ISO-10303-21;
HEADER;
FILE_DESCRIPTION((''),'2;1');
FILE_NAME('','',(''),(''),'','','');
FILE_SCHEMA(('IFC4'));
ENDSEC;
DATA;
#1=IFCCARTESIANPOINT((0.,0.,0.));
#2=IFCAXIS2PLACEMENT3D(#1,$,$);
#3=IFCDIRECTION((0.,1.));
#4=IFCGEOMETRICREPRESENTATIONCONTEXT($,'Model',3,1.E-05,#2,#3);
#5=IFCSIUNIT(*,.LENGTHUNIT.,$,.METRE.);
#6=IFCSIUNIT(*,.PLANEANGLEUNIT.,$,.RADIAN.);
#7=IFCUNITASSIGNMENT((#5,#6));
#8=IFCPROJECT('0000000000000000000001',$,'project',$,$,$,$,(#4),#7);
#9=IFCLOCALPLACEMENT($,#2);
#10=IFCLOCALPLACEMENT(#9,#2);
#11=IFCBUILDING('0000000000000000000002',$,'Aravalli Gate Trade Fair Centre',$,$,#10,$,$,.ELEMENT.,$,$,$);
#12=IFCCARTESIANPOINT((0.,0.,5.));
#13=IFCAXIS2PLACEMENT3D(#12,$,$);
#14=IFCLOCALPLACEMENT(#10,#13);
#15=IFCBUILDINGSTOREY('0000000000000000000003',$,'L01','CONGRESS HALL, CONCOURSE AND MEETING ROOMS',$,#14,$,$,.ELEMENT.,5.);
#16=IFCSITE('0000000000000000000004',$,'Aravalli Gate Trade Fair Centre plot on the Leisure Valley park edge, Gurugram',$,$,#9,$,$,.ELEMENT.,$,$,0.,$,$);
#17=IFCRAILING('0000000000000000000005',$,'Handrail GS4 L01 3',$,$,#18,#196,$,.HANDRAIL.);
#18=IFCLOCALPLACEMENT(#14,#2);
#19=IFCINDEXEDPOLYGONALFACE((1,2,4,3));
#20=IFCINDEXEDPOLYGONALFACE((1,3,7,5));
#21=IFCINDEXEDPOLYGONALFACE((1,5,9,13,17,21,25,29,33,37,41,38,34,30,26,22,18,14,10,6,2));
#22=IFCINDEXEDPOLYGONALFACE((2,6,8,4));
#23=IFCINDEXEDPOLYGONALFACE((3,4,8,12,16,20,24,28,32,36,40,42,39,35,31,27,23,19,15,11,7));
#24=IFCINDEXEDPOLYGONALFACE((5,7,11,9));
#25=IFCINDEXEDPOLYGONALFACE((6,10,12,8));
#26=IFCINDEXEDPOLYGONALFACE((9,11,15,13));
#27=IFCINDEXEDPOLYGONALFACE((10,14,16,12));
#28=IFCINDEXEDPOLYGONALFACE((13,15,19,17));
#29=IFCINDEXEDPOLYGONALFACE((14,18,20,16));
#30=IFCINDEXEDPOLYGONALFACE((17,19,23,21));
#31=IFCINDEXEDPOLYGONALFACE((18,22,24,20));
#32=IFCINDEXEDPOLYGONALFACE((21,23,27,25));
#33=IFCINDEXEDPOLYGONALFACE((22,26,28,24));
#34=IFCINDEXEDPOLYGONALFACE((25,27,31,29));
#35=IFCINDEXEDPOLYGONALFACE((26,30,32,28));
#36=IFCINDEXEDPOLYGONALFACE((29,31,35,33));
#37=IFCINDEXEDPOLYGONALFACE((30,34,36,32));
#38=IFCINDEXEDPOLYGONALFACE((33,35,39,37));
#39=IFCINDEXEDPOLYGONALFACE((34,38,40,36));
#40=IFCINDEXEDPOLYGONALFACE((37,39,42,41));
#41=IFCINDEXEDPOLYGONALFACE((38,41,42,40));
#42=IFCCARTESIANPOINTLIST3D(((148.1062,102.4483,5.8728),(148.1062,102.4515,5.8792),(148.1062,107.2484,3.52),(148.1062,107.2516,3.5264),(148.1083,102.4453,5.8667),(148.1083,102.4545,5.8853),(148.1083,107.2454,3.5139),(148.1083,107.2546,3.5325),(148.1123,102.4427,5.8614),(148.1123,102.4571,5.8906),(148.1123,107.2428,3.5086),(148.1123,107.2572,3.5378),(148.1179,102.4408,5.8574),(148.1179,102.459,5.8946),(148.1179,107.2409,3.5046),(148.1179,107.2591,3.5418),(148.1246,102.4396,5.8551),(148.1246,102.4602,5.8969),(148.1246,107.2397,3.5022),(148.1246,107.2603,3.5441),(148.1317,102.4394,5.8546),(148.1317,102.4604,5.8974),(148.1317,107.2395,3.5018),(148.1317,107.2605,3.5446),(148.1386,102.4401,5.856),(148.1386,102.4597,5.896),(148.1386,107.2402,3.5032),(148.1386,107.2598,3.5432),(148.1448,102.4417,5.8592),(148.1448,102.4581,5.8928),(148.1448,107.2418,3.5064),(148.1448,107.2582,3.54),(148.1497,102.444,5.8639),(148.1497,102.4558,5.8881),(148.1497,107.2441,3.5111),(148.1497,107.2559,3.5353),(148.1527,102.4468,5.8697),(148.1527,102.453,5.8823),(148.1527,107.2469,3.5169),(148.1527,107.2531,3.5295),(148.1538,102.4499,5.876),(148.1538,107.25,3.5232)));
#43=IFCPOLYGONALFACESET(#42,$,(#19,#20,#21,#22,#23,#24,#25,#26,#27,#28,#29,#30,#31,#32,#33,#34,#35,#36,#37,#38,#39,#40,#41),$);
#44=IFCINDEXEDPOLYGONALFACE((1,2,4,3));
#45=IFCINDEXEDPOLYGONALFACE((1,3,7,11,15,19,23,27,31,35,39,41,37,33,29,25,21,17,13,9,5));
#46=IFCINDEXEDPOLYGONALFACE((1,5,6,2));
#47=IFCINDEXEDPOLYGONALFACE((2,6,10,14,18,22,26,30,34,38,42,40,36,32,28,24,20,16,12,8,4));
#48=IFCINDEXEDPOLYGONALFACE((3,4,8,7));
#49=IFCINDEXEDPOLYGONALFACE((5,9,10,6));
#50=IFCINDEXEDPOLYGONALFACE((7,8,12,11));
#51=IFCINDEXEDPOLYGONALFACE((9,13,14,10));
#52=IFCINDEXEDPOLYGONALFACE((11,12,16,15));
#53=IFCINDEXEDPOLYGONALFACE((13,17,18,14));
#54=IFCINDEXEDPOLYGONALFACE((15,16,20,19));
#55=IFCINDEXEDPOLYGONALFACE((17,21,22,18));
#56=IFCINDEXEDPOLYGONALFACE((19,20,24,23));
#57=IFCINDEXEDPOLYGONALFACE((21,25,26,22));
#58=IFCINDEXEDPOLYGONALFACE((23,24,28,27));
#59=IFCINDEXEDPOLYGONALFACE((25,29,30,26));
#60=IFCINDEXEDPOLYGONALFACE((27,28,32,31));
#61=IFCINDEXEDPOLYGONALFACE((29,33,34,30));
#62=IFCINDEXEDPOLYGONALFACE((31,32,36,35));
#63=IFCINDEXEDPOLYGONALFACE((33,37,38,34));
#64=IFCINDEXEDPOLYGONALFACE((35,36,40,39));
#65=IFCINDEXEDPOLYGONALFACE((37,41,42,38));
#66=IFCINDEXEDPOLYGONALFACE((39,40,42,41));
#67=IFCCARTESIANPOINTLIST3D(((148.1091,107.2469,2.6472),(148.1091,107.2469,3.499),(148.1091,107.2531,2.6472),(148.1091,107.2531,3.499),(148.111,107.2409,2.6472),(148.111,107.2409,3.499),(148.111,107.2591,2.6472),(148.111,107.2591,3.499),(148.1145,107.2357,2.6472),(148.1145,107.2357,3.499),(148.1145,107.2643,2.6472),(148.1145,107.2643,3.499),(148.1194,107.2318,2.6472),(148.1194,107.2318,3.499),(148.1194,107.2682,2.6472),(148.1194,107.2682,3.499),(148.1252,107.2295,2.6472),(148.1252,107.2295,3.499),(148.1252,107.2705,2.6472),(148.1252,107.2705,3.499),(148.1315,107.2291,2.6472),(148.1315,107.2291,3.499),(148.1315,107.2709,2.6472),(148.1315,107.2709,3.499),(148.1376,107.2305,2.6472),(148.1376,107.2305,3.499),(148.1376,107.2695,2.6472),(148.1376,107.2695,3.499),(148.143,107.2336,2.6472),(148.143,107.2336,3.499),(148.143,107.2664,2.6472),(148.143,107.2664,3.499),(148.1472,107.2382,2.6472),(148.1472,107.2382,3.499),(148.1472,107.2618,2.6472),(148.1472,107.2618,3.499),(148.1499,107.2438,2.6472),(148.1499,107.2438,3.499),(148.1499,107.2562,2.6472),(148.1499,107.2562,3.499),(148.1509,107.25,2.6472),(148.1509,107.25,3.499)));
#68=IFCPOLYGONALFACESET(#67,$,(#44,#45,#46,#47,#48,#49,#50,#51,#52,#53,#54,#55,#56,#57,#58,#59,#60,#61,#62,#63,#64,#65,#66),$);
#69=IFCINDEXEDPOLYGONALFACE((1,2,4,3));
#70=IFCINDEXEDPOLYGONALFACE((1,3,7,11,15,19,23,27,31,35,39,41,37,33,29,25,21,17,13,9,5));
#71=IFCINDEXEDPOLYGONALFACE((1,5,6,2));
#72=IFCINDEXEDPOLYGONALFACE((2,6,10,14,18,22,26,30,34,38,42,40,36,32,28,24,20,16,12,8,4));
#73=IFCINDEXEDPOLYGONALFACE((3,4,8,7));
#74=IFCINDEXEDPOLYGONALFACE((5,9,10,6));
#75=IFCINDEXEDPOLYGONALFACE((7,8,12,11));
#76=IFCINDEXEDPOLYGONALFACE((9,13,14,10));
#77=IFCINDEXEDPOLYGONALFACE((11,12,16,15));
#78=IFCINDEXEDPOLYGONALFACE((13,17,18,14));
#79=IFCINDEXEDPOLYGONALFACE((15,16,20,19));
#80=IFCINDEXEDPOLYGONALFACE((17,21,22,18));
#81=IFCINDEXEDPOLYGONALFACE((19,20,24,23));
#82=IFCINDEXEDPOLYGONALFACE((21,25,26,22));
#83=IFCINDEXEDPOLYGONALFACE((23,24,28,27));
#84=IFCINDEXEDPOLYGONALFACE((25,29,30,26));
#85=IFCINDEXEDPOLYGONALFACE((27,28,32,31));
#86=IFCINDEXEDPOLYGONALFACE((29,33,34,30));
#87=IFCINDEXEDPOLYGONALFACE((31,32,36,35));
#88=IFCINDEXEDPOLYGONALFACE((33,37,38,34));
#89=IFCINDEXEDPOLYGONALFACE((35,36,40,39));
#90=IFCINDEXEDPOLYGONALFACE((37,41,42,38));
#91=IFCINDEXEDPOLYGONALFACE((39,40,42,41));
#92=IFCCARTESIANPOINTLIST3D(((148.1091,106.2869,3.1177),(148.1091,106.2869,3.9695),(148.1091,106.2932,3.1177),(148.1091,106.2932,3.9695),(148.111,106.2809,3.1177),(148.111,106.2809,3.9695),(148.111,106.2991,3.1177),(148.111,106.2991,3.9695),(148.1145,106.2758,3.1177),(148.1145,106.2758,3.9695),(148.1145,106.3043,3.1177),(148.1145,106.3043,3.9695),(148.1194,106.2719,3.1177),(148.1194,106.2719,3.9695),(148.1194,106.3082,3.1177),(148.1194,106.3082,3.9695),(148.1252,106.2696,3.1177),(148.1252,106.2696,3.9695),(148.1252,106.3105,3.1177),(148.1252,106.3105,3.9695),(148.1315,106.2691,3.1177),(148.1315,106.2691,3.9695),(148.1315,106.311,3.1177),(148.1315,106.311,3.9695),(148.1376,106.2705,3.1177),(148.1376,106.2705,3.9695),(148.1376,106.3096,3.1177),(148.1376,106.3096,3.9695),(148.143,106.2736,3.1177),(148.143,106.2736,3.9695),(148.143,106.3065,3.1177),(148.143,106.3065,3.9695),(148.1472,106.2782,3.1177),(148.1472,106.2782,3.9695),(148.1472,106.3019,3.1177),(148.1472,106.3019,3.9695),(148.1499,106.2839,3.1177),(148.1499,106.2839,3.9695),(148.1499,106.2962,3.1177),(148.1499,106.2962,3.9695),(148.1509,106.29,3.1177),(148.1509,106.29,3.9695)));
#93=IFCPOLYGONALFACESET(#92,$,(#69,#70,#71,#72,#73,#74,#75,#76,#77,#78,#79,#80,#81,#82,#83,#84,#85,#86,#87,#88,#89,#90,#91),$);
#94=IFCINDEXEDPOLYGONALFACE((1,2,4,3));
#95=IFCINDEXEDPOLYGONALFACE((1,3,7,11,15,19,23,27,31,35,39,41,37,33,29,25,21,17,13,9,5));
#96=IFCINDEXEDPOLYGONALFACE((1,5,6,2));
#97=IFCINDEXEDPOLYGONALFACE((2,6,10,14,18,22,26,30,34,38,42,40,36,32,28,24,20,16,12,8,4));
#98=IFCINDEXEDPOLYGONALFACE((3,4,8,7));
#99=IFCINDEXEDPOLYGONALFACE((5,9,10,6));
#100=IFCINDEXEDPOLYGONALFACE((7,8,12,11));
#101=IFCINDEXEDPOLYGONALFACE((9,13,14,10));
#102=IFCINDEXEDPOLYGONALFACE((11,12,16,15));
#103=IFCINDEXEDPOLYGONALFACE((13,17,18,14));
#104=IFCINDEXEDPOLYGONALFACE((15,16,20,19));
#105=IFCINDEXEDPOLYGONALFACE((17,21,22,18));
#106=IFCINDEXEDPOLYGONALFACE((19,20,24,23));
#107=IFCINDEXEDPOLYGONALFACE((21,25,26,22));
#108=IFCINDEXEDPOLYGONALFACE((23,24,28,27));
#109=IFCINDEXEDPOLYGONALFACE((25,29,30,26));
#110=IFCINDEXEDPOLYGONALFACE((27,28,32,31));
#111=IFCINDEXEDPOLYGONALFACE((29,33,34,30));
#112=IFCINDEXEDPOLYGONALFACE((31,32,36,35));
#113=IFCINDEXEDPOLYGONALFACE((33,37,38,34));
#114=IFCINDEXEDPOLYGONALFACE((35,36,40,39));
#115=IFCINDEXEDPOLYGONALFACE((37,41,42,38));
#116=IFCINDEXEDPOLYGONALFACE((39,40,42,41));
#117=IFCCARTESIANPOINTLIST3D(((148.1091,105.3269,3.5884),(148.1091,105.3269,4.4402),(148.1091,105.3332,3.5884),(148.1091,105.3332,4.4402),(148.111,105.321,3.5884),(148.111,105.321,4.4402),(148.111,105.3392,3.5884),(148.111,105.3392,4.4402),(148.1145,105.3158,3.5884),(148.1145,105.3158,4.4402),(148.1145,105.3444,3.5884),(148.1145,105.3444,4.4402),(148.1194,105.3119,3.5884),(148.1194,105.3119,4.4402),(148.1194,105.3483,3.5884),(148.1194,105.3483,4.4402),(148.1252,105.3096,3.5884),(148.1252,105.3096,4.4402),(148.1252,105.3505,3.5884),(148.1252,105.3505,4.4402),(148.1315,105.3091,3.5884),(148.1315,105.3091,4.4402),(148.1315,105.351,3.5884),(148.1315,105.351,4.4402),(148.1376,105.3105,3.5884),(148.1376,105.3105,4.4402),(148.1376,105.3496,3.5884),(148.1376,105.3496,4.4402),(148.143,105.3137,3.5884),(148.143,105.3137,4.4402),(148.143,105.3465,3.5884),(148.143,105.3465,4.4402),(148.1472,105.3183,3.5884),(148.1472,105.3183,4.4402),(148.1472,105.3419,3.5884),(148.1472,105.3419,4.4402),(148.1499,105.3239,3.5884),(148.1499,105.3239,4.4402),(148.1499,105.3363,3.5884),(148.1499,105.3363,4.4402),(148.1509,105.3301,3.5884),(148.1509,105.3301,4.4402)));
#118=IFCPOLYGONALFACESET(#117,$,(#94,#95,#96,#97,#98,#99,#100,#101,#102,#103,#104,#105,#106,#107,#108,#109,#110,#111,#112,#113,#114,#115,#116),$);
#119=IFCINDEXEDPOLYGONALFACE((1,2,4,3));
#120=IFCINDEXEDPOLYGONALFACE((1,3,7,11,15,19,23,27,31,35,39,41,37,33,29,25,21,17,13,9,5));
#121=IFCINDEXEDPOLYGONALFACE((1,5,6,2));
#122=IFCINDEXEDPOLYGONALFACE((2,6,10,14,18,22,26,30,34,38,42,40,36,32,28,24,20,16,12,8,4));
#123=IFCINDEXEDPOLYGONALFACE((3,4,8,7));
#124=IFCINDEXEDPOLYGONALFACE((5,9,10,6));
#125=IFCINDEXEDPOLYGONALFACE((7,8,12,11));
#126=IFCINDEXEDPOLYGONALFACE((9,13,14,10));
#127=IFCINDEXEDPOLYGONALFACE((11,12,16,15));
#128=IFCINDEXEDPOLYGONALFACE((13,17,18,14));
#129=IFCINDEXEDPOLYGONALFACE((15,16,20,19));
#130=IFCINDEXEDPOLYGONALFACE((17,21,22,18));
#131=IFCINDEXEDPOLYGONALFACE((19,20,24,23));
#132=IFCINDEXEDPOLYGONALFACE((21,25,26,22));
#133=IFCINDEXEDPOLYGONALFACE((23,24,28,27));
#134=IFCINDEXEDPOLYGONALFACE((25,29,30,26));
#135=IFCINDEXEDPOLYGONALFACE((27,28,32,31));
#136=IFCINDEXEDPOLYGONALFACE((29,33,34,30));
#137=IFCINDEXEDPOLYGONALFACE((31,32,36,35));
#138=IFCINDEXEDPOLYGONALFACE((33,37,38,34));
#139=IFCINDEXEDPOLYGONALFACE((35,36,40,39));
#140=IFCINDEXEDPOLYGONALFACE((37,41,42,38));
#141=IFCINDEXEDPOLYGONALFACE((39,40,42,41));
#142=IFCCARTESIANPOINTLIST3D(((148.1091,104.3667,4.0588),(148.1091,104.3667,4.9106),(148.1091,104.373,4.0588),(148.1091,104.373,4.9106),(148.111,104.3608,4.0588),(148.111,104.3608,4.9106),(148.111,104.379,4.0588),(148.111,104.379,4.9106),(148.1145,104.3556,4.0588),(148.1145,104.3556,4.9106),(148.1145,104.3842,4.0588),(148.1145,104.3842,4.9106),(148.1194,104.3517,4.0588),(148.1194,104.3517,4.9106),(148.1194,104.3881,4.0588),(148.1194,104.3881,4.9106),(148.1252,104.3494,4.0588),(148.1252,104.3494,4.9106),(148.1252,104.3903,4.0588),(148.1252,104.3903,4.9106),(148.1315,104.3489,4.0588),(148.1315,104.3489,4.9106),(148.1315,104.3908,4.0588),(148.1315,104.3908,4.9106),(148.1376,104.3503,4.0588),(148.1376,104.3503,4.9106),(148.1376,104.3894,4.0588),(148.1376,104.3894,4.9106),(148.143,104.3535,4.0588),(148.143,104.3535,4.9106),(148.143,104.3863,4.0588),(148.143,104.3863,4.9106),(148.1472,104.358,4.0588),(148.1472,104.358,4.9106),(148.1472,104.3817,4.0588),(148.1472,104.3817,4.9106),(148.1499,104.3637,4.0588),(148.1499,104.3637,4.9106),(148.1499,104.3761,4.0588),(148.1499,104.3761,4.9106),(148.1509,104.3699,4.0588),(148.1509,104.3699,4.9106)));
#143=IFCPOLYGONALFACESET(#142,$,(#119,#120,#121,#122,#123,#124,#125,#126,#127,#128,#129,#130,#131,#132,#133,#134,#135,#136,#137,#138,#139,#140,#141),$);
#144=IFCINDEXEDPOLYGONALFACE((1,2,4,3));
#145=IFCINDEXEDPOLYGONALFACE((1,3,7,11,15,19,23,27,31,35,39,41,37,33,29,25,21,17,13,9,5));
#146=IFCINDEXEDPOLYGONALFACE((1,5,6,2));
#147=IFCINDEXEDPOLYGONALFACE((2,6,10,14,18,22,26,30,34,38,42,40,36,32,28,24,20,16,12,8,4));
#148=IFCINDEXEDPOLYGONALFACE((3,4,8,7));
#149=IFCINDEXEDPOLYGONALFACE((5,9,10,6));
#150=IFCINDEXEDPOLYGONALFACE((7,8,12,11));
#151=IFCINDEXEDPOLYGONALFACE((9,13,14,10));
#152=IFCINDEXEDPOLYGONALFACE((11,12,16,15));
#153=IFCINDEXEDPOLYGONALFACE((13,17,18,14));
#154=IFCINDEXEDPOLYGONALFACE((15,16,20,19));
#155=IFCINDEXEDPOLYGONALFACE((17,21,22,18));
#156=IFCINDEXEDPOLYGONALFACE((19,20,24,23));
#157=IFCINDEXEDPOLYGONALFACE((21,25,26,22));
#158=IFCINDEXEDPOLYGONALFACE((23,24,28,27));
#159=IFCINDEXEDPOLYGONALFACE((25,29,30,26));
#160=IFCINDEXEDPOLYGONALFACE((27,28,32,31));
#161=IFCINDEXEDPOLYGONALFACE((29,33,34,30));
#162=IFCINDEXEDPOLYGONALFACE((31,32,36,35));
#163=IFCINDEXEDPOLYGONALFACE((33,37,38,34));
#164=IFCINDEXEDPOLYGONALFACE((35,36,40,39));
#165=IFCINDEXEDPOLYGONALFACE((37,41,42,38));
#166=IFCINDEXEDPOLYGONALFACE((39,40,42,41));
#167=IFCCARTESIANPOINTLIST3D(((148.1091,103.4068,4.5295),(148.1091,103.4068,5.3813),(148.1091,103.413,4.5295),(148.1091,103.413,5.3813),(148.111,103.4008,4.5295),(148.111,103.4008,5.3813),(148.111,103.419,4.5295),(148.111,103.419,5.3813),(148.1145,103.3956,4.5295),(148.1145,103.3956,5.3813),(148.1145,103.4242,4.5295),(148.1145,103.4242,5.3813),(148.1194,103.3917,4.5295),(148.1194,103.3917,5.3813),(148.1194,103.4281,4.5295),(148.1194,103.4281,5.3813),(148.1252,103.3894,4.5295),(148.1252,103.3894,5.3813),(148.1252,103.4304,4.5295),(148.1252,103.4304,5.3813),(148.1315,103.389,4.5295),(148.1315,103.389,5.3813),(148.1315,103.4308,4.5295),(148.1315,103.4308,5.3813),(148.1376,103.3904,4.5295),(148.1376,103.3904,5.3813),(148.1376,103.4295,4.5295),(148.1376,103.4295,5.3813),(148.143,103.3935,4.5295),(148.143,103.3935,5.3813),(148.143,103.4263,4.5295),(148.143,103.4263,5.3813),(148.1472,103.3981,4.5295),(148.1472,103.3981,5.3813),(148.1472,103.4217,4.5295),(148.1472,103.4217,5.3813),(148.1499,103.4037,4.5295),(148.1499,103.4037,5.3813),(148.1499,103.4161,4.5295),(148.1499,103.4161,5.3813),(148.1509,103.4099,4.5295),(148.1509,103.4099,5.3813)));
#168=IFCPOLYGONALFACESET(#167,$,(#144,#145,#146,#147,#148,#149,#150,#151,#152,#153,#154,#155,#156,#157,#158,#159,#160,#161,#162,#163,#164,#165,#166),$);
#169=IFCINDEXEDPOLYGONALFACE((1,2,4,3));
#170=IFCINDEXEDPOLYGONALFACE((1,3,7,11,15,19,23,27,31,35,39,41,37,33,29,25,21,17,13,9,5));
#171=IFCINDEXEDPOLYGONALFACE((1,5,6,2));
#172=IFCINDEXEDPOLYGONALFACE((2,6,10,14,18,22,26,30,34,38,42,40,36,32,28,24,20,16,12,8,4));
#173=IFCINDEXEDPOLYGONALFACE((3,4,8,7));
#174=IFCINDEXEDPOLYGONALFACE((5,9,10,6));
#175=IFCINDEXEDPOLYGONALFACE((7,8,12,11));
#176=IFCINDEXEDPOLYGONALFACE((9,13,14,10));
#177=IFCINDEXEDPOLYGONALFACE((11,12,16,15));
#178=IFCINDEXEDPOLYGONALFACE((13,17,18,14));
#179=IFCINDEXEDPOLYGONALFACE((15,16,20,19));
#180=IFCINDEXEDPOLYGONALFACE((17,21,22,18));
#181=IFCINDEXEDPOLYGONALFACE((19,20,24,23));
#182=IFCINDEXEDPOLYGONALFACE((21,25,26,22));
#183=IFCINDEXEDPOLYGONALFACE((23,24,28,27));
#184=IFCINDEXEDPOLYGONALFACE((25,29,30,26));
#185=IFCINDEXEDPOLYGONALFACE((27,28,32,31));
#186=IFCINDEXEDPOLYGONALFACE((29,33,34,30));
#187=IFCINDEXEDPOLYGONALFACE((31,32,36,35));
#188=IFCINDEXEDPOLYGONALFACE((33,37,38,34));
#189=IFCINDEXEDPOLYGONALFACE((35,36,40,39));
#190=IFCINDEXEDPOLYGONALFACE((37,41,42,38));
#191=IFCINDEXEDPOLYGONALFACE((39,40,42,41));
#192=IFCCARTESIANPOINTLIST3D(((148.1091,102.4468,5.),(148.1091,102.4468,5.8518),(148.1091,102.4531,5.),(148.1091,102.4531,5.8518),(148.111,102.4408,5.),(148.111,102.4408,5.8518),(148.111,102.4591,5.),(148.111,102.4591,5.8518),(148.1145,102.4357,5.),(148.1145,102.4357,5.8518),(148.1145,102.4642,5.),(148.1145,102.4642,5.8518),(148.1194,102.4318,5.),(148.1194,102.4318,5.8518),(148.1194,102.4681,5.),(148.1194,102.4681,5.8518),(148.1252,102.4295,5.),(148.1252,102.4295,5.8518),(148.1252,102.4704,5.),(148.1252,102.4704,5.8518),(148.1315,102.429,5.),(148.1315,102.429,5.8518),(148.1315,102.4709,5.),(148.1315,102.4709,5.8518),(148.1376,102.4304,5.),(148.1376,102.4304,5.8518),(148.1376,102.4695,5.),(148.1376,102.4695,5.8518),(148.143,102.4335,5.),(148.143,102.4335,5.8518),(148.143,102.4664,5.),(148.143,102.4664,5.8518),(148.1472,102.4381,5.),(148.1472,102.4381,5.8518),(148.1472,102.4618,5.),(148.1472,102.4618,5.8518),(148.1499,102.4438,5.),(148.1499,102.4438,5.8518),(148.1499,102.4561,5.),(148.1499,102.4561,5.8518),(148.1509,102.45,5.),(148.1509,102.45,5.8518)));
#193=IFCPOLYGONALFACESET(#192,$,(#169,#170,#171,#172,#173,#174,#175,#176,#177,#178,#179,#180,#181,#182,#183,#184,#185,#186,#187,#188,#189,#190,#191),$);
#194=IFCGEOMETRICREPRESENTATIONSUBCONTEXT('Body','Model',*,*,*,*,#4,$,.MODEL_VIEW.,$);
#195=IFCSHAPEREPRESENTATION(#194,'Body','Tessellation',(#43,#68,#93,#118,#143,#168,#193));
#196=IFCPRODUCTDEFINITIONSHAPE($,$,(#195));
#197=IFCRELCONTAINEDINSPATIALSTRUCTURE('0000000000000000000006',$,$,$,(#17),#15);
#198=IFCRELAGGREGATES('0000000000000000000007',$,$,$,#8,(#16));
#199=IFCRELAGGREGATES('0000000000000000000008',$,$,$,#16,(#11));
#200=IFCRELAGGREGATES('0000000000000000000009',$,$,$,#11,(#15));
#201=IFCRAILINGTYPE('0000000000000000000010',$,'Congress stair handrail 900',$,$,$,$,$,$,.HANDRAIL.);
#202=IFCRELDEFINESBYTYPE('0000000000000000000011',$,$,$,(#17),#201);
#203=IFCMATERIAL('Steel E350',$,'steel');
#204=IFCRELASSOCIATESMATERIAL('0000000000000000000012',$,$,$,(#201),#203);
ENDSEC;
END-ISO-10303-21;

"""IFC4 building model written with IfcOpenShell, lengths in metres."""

from ifc_helpers import new_model, si_unit, direction, frame, origin, origin_2d, place, context, subcontext, project, spatial, circle, extrude, material, type_object, element, save


model = new_model("IFC4")

# Units and contexts
model_context = context("Model", 3, precision=1e-05, world=origin(), true_north=direction((0.0, 1.0)))
body_context = subcontext(model_context, "Body", "Model", "MODEL_VIEW")
ifc_project = project(units=[si_unit("LENGTHUNIT", "METRE"), si_unit("PLANEANGLEUNIT", "RADIAN")], contexts=[model_context])

# Site, building, storey
site_placement = place(None, origin())
site = spatial("IfcSite", under=ifc_project, at=site_placement, Name="Aravalli Gate Trade Fair Centre plot on the Leisure Valley park edge, Gurugram", CompositionType="ELEMENT", RefElevation=0.0)
building_placement = place(site_placement, origin())
building = spatial("IfcBuilding", under=site, at=building_placement, Name="Aravalli Gate Trade Fair Centre", CompositionType="ELEMENT")
storey_placement = place(building_placement, frame((0.0, 0.0, 5.0)))
storey = spatial("IfcBuildingStorey", under=building, at=storey_placement, Name="L01", Description="CONGRESS HALL, CONCOURSE AND MEETING ROOMS", CompositionType="ELEMENT", Elevation=5.0)

# Shared definitions
ifc_material_1 = material(Name="Steel E350", Category="steel")

# Railing
railing_type = type_object("IfcRailingType", Name="Congress stair handrail 900", PredefinedType="HANDRAIL", material=ifc_material_1)
for number, where, name in (
    (1, (148.1299, 107.25, 2.6472), "Handrail GS4 L01 3"),
):
    element("IfcRailing", number, at=place(storey_placement, frame(where)), inside=storey, type_object=railing_type, Name=name, PredefinedType="HANDRAIL", context=body_context, shape_type="SweptSolid", body=[
        extrude(circle(Radius=0.0239, at=origin_2d()), frame((0.0, 0.0, 0.876), z_axis=(0.0, -0.897934, 0.44013), x_axis=(1.0, 0.0, 0.0)), (0.0, 0.0, 1.0), 5.3457),
        extrude(circle(Radius=0.021, at=origin_2d()), origin(), (0.0, 0.0, 1.0), 0.8518),
        extrude(circle(Radius=0.021, at=origin_2d()), frame((0.0, -0.96, 0.4705)), (0.0, 0.0, 1.0), 0.8518),
        extrude(circle(Radius=0.021, at=origin_2d()), frame((0.0, -1.9199, 0.9412)), (0.0, 0.0, 1.0), 0.8518),
        extrude(circle(Radius=0.021, at=origin_2d()), frame((0.0, -2.8801, 1.4116)), (0.0, 0.0, 1.0), 0.8518),
        extrude(circle(Radius=0.021, at=origin_2d()), frame((0.0, -3.8401, 1.8823)), (0.0, 0.0, 1.0), 0.8518),
        extrude(circle(Radius=0.021, at=origin_2d()), frame((0.0, -4.8, 2.3528)), (0.0, 0.0, 1.0), 0.8518),
    ])

save(model, "model.ifc")
